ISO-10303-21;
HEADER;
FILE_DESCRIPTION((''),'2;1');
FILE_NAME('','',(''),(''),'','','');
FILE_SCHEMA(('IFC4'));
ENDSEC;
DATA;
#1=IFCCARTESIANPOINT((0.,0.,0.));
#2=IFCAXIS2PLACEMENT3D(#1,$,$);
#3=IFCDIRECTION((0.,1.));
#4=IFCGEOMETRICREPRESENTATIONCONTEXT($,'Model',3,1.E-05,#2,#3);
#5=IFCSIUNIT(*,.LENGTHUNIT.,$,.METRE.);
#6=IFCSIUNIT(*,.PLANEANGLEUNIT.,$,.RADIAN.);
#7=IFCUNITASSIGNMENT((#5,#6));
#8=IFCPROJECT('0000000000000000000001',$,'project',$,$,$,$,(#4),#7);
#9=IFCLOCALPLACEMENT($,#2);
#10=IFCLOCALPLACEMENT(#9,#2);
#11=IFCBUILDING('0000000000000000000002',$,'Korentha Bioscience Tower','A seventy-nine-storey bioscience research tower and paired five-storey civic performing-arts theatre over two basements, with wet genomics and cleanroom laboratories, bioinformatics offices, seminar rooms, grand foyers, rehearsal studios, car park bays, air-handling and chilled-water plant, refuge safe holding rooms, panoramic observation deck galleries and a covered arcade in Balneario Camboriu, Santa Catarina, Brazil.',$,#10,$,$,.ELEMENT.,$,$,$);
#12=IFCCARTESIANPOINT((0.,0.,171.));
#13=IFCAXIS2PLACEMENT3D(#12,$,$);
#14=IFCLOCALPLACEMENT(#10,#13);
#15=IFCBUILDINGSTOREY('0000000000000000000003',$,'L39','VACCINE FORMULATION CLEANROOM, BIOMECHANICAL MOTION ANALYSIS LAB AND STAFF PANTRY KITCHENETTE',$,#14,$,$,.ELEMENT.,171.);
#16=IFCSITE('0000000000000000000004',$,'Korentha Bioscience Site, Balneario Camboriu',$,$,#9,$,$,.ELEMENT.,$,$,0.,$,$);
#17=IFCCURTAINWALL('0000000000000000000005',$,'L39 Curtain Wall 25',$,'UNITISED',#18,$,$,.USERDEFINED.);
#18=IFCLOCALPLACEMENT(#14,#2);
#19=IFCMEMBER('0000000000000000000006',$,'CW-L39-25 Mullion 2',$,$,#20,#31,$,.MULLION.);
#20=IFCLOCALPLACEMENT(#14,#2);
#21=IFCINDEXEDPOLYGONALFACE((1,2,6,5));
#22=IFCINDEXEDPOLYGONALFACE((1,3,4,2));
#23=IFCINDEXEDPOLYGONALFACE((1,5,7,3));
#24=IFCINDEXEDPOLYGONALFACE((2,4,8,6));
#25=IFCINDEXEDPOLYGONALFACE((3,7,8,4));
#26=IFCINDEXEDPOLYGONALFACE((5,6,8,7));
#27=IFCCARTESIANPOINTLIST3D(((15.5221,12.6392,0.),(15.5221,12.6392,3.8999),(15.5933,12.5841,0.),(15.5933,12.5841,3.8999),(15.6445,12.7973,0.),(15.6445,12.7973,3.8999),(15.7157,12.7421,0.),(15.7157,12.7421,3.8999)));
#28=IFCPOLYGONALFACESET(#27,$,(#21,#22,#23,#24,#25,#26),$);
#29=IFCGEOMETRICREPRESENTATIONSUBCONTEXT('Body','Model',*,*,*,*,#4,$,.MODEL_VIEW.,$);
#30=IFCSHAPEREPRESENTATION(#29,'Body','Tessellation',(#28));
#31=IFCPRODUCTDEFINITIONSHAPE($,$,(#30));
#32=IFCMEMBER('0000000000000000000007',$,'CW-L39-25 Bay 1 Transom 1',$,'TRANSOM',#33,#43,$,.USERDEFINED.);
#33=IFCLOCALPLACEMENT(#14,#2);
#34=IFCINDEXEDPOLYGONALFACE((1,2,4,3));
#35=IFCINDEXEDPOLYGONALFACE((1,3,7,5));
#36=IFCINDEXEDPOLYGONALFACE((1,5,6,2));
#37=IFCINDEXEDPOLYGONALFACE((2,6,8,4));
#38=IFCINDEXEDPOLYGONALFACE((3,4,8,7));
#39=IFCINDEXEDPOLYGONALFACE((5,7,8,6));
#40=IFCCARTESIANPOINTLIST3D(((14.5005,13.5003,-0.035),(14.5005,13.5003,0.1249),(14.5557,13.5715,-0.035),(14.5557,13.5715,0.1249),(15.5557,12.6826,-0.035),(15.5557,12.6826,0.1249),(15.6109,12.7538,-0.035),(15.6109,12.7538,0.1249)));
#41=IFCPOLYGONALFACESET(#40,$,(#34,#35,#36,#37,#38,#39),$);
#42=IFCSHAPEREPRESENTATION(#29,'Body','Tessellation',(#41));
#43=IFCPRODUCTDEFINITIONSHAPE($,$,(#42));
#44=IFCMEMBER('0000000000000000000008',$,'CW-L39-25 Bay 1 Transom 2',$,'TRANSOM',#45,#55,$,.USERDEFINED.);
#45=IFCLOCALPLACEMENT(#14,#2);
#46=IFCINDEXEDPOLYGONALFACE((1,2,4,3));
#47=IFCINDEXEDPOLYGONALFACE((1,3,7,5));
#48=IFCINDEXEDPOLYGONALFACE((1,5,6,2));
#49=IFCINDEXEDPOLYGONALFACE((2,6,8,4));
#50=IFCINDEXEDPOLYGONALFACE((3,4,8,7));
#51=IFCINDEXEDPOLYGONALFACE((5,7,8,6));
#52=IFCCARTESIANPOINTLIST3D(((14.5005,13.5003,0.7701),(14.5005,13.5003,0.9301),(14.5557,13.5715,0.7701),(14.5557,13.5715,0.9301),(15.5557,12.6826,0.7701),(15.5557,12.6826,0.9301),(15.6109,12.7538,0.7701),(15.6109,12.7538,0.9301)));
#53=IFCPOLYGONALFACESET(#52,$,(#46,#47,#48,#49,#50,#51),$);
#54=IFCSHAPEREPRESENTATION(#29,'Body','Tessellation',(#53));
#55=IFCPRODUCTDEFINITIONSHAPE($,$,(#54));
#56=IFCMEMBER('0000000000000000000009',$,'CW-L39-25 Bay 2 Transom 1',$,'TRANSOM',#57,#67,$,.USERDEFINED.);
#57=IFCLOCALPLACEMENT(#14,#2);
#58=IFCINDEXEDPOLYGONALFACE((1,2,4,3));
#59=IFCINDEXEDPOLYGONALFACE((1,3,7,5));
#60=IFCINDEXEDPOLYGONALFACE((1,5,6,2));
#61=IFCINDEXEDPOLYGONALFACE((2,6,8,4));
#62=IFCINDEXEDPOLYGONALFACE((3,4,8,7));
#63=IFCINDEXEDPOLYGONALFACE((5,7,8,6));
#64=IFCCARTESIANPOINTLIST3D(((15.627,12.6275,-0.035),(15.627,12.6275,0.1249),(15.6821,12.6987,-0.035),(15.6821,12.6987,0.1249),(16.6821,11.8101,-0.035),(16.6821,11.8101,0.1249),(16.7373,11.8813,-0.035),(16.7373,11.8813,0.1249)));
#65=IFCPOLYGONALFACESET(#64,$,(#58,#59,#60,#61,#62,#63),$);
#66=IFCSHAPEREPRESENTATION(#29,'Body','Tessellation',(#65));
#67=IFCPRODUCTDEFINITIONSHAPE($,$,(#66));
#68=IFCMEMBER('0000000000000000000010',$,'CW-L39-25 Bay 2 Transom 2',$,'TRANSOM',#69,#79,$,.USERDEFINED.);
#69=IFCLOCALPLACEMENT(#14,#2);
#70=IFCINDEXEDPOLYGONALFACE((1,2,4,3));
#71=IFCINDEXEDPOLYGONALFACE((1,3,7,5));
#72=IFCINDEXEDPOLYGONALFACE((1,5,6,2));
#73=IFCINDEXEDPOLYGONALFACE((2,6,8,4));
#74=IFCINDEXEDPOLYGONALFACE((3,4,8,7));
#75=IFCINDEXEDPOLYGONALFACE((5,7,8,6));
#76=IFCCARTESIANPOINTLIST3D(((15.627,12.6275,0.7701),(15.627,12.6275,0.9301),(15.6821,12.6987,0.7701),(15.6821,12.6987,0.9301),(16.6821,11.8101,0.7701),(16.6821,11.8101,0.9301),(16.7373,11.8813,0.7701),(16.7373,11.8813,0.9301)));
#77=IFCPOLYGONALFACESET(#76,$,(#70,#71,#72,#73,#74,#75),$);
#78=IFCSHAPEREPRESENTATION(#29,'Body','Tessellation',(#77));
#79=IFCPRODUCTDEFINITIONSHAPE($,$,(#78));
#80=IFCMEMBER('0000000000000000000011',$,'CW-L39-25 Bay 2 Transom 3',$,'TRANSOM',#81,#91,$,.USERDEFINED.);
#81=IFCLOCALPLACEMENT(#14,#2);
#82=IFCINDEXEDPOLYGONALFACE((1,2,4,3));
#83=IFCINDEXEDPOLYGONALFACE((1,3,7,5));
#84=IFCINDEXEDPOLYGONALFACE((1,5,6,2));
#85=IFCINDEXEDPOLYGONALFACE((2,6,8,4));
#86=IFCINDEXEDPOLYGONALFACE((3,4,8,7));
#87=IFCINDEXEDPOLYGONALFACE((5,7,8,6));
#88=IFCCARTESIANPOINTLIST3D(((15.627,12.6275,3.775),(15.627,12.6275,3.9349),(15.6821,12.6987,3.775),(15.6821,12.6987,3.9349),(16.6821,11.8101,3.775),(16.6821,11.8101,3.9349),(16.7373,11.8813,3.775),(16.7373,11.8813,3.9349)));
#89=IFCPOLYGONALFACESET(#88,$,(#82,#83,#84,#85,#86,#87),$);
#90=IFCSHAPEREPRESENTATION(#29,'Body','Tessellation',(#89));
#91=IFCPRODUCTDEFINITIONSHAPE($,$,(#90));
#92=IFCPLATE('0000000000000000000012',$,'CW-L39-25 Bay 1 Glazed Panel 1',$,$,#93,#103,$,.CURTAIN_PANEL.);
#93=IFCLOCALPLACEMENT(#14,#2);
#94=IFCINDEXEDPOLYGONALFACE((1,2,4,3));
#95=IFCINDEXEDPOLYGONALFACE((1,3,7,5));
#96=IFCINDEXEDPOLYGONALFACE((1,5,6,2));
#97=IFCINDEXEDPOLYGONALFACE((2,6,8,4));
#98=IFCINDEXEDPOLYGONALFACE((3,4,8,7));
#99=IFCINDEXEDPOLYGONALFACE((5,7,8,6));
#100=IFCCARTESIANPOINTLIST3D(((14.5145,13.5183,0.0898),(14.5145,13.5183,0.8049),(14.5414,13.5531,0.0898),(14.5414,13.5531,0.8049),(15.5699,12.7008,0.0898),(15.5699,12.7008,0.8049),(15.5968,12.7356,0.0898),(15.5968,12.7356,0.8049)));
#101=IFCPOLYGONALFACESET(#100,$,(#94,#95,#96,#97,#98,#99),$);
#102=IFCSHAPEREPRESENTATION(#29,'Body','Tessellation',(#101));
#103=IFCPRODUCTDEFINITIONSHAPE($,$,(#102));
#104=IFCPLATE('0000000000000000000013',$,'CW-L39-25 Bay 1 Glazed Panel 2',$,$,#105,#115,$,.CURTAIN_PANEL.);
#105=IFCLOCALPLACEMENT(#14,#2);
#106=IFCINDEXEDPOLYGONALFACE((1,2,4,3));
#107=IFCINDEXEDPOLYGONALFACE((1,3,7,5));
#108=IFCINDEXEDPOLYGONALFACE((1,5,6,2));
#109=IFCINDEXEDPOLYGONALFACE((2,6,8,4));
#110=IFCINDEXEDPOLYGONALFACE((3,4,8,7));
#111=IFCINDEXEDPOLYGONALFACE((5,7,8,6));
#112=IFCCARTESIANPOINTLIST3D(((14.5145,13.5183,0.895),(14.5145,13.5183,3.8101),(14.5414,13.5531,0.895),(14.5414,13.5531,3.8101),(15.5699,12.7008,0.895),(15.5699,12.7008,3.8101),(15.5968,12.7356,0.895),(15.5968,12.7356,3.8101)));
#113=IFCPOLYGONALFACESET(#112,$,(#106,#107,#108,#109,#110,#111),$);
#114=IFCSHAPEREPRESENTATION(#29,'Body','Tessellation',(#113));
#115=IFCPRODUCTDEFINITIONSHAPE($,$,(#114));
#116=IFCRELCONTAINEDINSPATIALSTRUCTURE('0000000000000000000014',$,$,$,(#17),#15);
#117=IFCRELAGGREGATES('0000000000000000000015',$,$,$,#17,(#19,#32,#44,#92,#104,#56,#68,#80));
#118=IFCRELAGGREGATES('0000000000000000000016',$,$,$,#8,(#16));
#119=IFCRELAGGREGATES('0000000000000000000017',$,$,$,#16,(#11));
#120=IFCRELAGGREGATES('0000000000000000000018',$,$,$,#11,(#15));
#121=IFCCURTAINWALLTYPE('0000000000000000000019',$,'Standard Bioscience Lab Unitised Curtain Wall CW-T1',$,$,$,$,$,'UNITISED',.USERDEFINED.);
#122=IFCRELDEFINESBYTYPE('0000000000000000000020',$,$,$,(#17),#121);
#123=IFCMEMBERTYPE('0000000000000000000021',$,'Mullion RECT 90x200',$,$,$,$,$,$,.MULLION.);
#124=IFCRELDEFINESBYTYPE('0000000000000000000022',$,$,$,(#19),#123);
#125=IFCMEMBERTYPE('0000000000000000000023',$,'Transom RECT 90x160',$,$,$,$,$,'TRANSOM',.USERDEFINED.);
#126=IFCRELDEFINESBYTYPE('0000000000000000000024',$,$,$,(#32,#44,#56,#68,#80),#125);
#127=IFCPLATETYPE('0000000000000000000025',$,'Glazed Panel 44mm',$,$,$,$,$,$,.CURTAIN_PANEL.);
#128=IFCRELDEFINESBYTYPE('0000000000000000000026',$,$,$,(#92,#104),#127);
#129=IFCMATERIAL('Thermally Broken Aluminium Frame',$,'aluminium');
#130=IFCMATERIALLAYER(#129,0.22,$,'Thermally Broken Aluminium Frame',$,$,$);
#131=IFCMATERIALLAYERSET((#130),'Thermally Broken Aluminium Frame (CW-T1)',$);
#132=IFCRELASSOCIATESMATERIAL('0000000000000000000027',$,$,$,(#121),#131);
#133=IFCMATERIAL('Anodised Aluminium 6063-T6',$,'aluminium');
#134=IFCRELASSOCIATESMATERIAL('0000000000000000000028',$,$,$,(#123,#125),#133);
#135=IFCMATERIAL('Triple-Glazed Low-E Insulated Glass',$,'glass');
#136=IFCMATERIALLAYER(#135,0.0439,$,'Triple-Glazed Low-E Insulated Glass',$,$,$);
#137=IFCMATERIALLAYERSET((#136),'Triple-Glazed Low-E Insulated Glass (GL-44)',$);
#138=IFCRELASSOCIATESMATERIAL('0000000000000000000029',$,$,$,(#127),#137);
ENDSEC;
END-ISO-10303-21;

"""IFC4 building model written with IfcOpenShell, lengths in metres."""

from ifc_helpers import new_model, si_unit, direction, frame, origin, origin_2d, place, context, subcontext, project, spatial, rectangle, extrude, material, layer, layer_set, material_profile, profile_set, type_object, element, aggregate, save


model = new_model("IFC4")

# Units and contexts
model_context = context("Model", 3, precision=1e-05, world=origin(), true_north=direction((0.0, 1.0)))
body_context = subcontext(model_context, "Body", "Model", "MODEL_VIEW")
ifc_project = project(units=[si_unit("LENGTHUNIT", "METRE"), si_unit("PLANEANGLEUNIT", "RADIAN")], contexts=[model_context])

# Site, building, storey
site_placement = place(None, origin())
site = spatial("IfcSite", under=ifc_project, at=site_placement, Name="Korentha Bioscience Site, Balneario Camboriu", CompositionType="ELEMENT", RefElevation=0.0)
building_placement = place(site_placement, origin())
building = spatial("IfcBuilding", under=site, at=building_placement, Name="Korentha Bioscience Tower", Description="A seventy-nine-storey bioscience research tower and paired five-storey civic performing-arts theatre over two basements, with wet genomics and cleanroom laboratories, bioinformatics offices, seminar rooms, grand foyers, rehearsal studios, car park bays, air-handling and chilled-water plant, refuge safe holding rooms, panoramic observation deck galleries and a covered arcade in Balneario Camboriu, Santa Catarina, Brazil.", CompositionType="ELEMENT")
storey_placement = place(building_placement, frame((0.0, 0.0, 171.0)))
storey = spatial("IfcBuildingStorey", under=building, at=storey_placement, Name="L39", Description="VACCINE FORMULATION CLEANROOM, BIOMECHANICAL MOTION ANALYSIS LAB AND STAFF PANTRY KITCHENETTE", CompositionType="ELEMENT", Elevation=171.0)

# Curtain wall, members, plates
ifc_material_1 = material(Name="Thermally Broken Aluminium Frame", Category="aluminium")
ifc_layer_1 = layer(ifc_material_1, 0.22, Name="Thermally Broken Aluminium Frame")
ifc_layer_set_1 = layer_set([ifc_layer_1], Name="Thermally Broken Aluminium Frame (CW-T1)")
curtain_wall_type = type_object("IfcCurtainWallType", Name="Standard Bioscience Lab Unitised Curtain Wall CW-T1", ElementType="UNITISED", PredefinedType="USERDEFINED", material=ifc_layer_set_1)
curtain_wall_placement = place(storey_placement, origin())
curtain_wall = element("IfcCurtainWall", 1, at=curtain_wall_placement, inside=storey, type_object=curtain_wall_type, Name="L39 Curtain Wall 25", ObjectType="UNITISED", PredefinedType="USERDEFINED")
ifc_material_2 = material(Name="Anodised Aluminium 6063-T6", Category="aluminium")
ifc_material_profile_1 = material_profile(ifc_material_2, rectangle(XDim=0.0901, YDim=0.2, at=origin_2d()), Name="Anodised Aluminium 6063-T6")
ifc_profile_set_1 = profile_set([ifc_material_profile_1], Name="Anodised Aluminium 6063-T6 (CW-MUL)")
member_type_1 = type_object("IfcMemberType", Name="Mullion RECT 90x200", PredefinedType="MULLION", material=ifc_profile_set_1)
member_1_placement = place(storey_placement, frame((15.6189, 12.6907, 0.0), z_axis=(0.0, 0.0, 1.0), x_axis=(0.790547, -0.612402, 0.0)))
member_1 = element("IfcMember", 2, at=member_1_placement, type_object=member_type_1, Name="CW-L39-25 Mullion 2", PredefinedType="MULLION", context=body_context, shape_type="SweptSolid", body=[
    extrude(rectangle(XDim=0.0901, YDim=0.2, at=origin_2d()), origin(), (0.0, 0.0, 1.0), 3.8999),
])
ifc_material_profile_2 = material_profile(ifc_material_2, rectangle(XDim=0.0901, YDim=0.1599, at=origin_2d()), Name="Anodised Aluminium 6063-T6")
ifc_profile_set_2 = profile_set([ifc_material_profile_2], Name="Anodised Aluminium 6063-T6 (CW-TRN)")
member_type_2 = type_object("IfcMemberType", Name="Transom RECT 90x160", ElementType="TRANSOM", PredefinedType="USERDEFINED", material=ifc_profile_set_2)
member_2_placement = place(storey_placement, frame((14.5281, 13.5359, 0.0449), z_axis=(0.790464, -0.612509, 0.0), x_axis=(0.612509, 0.790464, 0.0)))
member_2 = element("IfcMember", 3, at=member_2_placement, type_object=member_type_2, Name="CW-L39-25 Bay 1 Transom 1", ObjectType="TRANSOM", PredefinedType="USERDEFINED", context=body_context, shape_type="SweptSolid", body=[
    extrude(rectangle(XDim=0.0901, YDim=0.1599, at=origin_2d()), origin(), (0.0, 0.0, 1.0), 1.335),
])
member_3_placement = place(storey_placement, frame((14.5281, 13.5359, 0.8501), z_axis=(0.790464, -0.612509, 0.0), x_axis=(0.612509, 0.790464, 0.0)))
member_3 = element("IfcMember", 4, at=member_3_placement, type_object=member_type_2, Name="CW-L39-25 Bay 1 Transom 2", ObjectType="TRANSOM", PredefinedType="USERDEFINED", context=body_context, shape_type="SweptSolid", body=[
    extrude(rectangle(XDim=0.0901, YDim=0.1599, at=origin_2d()), origin(), (0.0, 0.0, 1.0), 1.335),
])
member_4_placement = place(storey_placement, frame((15.6545, 12.6631, 0.0449), z_axis=(0.790552, -0.612395, 0.0), x_axis=(0.612395, 0.790552, 0.0)))
member_4 = element("IfcMember", 5, at=member_4_placement, type_object=member_type_2, Name="CW-L39-25 Bay 2 Transom 1", ObjectType="TRANSOM", PredefinedType="USERDEFINED", context=body_context, shape_type="SweptSolid", body=[
    extrude(rectangle(XDim=0.0901, YDim=0.1599, at=origin_2d()), origin(), (0.0, 0.0, 1.0), 1.3347),
])
member_5_placement = place(storey_placement, frame((15.6545, 12.6631, 0.8501), z_axis=(0.790552, -0.612395, 0.0), x_axis=(0.612395, 0.790552, 0.0)))
member_5 = element("IfcMember", 6, at=member_5_placement, type_object=member_type_2, Name="CW-L39-25 Bay 2 Transom 2", ObjectType="TRANSOM", PredefinedType="USERDEFINED", context=body_context, shape_type="SweptSolid", body=[
    extrude(rectangle(XDim=0.0901, YDim=0.1599, at=origin_2d()), origin(), (0.0, 0.0, 1.0), 1.3347),
])
member_6_placement = place(storey_placement, frame((15.6545, 12.6631, 3.855), z_axis=(0.790552, -0.612395, 0.0), x_axis=(0.612395, 0.790552, 0.0)))
member_6 = element("IfcMember", 7, at=member_6_placement, type_object=member_type_2, Name="CW-L39-25 Bay 2 Transom 3", ObjectType="TRANSOM", PredefinedType="USERDEFINED", context=body_context, shape_type="SweptSolid", body=[
    extrude(rectangle(XDim=0.0901, YDim=0.1599, at=origin_2d()), origin(), (0.0, 0.0, 1.0), 1.3347),
])
ifc_material_3 = material(Name="Triple-Glazed Low-E Insulated Glass", Category="glass")
ifc_layer_2 = layer(ifc_material_3, 0.0439, Name="Triple-Glazed Low-E Insulated Glass")
ifc_layer_set_2 = layer_set([ifc_layer_2], Name="Triple-Glazed Low-E Insulated Glass (GL-44)")
plate_type = type_object("IfcPlateType", Name="Glazed Panel 44mm", PredefinedType="CURTAIN_PANEL", material=ifc_layer_set_2)
plate_1_placement = place(storey_placement, frame((15.0557, 13.127, 0.0898), z_axis=(0.0, 0.0, 1.0), x_axis=(0.790547, -0.612402, 0.0)))
plate_1 = element("IfcPlate", 8, at=plate_1_placement, type_object=plate_type, Name="CW-L39-25 Bay 1 Glazed Panel 1", PredefinedType="CURTAIN_PANEL", context=body_context, shape_type="SweptSolid", body=[
    extrude(rectangle(XDim=1.335, YDim=0.0439, at=origin_2d()), origin(), (0.0, 0.0, 1.0), 0.7151),
])
plate_2_placement = place(storey_placement, frame((15.0557, 13.127, 0.895), z_axis=(0.0, 0.0, 1.0), x_axis=(0.790547, -0.612402, 0.0)))
plate_2 = element("IfcPlate", 9, at=plate_2_placement, type_object=plate_type, Name="CW-L39-25 Bay 1 Glazed Panel 2", PredefinedType="CURTAIN_PANEL", context=body_context, shape_type="SweptSolid", body=[
    extrude(rectangle(XDim=1.335, YDim=0.0439, at=origin_2d()), origin(), (0.0, 0.0, 1.0), 2.915),
])
aggregate(curtain_wall, [member_1, member_2, member_3, plate_1, plate_2, member_4, member_5, member_6])

save(model, "model.ifc")
